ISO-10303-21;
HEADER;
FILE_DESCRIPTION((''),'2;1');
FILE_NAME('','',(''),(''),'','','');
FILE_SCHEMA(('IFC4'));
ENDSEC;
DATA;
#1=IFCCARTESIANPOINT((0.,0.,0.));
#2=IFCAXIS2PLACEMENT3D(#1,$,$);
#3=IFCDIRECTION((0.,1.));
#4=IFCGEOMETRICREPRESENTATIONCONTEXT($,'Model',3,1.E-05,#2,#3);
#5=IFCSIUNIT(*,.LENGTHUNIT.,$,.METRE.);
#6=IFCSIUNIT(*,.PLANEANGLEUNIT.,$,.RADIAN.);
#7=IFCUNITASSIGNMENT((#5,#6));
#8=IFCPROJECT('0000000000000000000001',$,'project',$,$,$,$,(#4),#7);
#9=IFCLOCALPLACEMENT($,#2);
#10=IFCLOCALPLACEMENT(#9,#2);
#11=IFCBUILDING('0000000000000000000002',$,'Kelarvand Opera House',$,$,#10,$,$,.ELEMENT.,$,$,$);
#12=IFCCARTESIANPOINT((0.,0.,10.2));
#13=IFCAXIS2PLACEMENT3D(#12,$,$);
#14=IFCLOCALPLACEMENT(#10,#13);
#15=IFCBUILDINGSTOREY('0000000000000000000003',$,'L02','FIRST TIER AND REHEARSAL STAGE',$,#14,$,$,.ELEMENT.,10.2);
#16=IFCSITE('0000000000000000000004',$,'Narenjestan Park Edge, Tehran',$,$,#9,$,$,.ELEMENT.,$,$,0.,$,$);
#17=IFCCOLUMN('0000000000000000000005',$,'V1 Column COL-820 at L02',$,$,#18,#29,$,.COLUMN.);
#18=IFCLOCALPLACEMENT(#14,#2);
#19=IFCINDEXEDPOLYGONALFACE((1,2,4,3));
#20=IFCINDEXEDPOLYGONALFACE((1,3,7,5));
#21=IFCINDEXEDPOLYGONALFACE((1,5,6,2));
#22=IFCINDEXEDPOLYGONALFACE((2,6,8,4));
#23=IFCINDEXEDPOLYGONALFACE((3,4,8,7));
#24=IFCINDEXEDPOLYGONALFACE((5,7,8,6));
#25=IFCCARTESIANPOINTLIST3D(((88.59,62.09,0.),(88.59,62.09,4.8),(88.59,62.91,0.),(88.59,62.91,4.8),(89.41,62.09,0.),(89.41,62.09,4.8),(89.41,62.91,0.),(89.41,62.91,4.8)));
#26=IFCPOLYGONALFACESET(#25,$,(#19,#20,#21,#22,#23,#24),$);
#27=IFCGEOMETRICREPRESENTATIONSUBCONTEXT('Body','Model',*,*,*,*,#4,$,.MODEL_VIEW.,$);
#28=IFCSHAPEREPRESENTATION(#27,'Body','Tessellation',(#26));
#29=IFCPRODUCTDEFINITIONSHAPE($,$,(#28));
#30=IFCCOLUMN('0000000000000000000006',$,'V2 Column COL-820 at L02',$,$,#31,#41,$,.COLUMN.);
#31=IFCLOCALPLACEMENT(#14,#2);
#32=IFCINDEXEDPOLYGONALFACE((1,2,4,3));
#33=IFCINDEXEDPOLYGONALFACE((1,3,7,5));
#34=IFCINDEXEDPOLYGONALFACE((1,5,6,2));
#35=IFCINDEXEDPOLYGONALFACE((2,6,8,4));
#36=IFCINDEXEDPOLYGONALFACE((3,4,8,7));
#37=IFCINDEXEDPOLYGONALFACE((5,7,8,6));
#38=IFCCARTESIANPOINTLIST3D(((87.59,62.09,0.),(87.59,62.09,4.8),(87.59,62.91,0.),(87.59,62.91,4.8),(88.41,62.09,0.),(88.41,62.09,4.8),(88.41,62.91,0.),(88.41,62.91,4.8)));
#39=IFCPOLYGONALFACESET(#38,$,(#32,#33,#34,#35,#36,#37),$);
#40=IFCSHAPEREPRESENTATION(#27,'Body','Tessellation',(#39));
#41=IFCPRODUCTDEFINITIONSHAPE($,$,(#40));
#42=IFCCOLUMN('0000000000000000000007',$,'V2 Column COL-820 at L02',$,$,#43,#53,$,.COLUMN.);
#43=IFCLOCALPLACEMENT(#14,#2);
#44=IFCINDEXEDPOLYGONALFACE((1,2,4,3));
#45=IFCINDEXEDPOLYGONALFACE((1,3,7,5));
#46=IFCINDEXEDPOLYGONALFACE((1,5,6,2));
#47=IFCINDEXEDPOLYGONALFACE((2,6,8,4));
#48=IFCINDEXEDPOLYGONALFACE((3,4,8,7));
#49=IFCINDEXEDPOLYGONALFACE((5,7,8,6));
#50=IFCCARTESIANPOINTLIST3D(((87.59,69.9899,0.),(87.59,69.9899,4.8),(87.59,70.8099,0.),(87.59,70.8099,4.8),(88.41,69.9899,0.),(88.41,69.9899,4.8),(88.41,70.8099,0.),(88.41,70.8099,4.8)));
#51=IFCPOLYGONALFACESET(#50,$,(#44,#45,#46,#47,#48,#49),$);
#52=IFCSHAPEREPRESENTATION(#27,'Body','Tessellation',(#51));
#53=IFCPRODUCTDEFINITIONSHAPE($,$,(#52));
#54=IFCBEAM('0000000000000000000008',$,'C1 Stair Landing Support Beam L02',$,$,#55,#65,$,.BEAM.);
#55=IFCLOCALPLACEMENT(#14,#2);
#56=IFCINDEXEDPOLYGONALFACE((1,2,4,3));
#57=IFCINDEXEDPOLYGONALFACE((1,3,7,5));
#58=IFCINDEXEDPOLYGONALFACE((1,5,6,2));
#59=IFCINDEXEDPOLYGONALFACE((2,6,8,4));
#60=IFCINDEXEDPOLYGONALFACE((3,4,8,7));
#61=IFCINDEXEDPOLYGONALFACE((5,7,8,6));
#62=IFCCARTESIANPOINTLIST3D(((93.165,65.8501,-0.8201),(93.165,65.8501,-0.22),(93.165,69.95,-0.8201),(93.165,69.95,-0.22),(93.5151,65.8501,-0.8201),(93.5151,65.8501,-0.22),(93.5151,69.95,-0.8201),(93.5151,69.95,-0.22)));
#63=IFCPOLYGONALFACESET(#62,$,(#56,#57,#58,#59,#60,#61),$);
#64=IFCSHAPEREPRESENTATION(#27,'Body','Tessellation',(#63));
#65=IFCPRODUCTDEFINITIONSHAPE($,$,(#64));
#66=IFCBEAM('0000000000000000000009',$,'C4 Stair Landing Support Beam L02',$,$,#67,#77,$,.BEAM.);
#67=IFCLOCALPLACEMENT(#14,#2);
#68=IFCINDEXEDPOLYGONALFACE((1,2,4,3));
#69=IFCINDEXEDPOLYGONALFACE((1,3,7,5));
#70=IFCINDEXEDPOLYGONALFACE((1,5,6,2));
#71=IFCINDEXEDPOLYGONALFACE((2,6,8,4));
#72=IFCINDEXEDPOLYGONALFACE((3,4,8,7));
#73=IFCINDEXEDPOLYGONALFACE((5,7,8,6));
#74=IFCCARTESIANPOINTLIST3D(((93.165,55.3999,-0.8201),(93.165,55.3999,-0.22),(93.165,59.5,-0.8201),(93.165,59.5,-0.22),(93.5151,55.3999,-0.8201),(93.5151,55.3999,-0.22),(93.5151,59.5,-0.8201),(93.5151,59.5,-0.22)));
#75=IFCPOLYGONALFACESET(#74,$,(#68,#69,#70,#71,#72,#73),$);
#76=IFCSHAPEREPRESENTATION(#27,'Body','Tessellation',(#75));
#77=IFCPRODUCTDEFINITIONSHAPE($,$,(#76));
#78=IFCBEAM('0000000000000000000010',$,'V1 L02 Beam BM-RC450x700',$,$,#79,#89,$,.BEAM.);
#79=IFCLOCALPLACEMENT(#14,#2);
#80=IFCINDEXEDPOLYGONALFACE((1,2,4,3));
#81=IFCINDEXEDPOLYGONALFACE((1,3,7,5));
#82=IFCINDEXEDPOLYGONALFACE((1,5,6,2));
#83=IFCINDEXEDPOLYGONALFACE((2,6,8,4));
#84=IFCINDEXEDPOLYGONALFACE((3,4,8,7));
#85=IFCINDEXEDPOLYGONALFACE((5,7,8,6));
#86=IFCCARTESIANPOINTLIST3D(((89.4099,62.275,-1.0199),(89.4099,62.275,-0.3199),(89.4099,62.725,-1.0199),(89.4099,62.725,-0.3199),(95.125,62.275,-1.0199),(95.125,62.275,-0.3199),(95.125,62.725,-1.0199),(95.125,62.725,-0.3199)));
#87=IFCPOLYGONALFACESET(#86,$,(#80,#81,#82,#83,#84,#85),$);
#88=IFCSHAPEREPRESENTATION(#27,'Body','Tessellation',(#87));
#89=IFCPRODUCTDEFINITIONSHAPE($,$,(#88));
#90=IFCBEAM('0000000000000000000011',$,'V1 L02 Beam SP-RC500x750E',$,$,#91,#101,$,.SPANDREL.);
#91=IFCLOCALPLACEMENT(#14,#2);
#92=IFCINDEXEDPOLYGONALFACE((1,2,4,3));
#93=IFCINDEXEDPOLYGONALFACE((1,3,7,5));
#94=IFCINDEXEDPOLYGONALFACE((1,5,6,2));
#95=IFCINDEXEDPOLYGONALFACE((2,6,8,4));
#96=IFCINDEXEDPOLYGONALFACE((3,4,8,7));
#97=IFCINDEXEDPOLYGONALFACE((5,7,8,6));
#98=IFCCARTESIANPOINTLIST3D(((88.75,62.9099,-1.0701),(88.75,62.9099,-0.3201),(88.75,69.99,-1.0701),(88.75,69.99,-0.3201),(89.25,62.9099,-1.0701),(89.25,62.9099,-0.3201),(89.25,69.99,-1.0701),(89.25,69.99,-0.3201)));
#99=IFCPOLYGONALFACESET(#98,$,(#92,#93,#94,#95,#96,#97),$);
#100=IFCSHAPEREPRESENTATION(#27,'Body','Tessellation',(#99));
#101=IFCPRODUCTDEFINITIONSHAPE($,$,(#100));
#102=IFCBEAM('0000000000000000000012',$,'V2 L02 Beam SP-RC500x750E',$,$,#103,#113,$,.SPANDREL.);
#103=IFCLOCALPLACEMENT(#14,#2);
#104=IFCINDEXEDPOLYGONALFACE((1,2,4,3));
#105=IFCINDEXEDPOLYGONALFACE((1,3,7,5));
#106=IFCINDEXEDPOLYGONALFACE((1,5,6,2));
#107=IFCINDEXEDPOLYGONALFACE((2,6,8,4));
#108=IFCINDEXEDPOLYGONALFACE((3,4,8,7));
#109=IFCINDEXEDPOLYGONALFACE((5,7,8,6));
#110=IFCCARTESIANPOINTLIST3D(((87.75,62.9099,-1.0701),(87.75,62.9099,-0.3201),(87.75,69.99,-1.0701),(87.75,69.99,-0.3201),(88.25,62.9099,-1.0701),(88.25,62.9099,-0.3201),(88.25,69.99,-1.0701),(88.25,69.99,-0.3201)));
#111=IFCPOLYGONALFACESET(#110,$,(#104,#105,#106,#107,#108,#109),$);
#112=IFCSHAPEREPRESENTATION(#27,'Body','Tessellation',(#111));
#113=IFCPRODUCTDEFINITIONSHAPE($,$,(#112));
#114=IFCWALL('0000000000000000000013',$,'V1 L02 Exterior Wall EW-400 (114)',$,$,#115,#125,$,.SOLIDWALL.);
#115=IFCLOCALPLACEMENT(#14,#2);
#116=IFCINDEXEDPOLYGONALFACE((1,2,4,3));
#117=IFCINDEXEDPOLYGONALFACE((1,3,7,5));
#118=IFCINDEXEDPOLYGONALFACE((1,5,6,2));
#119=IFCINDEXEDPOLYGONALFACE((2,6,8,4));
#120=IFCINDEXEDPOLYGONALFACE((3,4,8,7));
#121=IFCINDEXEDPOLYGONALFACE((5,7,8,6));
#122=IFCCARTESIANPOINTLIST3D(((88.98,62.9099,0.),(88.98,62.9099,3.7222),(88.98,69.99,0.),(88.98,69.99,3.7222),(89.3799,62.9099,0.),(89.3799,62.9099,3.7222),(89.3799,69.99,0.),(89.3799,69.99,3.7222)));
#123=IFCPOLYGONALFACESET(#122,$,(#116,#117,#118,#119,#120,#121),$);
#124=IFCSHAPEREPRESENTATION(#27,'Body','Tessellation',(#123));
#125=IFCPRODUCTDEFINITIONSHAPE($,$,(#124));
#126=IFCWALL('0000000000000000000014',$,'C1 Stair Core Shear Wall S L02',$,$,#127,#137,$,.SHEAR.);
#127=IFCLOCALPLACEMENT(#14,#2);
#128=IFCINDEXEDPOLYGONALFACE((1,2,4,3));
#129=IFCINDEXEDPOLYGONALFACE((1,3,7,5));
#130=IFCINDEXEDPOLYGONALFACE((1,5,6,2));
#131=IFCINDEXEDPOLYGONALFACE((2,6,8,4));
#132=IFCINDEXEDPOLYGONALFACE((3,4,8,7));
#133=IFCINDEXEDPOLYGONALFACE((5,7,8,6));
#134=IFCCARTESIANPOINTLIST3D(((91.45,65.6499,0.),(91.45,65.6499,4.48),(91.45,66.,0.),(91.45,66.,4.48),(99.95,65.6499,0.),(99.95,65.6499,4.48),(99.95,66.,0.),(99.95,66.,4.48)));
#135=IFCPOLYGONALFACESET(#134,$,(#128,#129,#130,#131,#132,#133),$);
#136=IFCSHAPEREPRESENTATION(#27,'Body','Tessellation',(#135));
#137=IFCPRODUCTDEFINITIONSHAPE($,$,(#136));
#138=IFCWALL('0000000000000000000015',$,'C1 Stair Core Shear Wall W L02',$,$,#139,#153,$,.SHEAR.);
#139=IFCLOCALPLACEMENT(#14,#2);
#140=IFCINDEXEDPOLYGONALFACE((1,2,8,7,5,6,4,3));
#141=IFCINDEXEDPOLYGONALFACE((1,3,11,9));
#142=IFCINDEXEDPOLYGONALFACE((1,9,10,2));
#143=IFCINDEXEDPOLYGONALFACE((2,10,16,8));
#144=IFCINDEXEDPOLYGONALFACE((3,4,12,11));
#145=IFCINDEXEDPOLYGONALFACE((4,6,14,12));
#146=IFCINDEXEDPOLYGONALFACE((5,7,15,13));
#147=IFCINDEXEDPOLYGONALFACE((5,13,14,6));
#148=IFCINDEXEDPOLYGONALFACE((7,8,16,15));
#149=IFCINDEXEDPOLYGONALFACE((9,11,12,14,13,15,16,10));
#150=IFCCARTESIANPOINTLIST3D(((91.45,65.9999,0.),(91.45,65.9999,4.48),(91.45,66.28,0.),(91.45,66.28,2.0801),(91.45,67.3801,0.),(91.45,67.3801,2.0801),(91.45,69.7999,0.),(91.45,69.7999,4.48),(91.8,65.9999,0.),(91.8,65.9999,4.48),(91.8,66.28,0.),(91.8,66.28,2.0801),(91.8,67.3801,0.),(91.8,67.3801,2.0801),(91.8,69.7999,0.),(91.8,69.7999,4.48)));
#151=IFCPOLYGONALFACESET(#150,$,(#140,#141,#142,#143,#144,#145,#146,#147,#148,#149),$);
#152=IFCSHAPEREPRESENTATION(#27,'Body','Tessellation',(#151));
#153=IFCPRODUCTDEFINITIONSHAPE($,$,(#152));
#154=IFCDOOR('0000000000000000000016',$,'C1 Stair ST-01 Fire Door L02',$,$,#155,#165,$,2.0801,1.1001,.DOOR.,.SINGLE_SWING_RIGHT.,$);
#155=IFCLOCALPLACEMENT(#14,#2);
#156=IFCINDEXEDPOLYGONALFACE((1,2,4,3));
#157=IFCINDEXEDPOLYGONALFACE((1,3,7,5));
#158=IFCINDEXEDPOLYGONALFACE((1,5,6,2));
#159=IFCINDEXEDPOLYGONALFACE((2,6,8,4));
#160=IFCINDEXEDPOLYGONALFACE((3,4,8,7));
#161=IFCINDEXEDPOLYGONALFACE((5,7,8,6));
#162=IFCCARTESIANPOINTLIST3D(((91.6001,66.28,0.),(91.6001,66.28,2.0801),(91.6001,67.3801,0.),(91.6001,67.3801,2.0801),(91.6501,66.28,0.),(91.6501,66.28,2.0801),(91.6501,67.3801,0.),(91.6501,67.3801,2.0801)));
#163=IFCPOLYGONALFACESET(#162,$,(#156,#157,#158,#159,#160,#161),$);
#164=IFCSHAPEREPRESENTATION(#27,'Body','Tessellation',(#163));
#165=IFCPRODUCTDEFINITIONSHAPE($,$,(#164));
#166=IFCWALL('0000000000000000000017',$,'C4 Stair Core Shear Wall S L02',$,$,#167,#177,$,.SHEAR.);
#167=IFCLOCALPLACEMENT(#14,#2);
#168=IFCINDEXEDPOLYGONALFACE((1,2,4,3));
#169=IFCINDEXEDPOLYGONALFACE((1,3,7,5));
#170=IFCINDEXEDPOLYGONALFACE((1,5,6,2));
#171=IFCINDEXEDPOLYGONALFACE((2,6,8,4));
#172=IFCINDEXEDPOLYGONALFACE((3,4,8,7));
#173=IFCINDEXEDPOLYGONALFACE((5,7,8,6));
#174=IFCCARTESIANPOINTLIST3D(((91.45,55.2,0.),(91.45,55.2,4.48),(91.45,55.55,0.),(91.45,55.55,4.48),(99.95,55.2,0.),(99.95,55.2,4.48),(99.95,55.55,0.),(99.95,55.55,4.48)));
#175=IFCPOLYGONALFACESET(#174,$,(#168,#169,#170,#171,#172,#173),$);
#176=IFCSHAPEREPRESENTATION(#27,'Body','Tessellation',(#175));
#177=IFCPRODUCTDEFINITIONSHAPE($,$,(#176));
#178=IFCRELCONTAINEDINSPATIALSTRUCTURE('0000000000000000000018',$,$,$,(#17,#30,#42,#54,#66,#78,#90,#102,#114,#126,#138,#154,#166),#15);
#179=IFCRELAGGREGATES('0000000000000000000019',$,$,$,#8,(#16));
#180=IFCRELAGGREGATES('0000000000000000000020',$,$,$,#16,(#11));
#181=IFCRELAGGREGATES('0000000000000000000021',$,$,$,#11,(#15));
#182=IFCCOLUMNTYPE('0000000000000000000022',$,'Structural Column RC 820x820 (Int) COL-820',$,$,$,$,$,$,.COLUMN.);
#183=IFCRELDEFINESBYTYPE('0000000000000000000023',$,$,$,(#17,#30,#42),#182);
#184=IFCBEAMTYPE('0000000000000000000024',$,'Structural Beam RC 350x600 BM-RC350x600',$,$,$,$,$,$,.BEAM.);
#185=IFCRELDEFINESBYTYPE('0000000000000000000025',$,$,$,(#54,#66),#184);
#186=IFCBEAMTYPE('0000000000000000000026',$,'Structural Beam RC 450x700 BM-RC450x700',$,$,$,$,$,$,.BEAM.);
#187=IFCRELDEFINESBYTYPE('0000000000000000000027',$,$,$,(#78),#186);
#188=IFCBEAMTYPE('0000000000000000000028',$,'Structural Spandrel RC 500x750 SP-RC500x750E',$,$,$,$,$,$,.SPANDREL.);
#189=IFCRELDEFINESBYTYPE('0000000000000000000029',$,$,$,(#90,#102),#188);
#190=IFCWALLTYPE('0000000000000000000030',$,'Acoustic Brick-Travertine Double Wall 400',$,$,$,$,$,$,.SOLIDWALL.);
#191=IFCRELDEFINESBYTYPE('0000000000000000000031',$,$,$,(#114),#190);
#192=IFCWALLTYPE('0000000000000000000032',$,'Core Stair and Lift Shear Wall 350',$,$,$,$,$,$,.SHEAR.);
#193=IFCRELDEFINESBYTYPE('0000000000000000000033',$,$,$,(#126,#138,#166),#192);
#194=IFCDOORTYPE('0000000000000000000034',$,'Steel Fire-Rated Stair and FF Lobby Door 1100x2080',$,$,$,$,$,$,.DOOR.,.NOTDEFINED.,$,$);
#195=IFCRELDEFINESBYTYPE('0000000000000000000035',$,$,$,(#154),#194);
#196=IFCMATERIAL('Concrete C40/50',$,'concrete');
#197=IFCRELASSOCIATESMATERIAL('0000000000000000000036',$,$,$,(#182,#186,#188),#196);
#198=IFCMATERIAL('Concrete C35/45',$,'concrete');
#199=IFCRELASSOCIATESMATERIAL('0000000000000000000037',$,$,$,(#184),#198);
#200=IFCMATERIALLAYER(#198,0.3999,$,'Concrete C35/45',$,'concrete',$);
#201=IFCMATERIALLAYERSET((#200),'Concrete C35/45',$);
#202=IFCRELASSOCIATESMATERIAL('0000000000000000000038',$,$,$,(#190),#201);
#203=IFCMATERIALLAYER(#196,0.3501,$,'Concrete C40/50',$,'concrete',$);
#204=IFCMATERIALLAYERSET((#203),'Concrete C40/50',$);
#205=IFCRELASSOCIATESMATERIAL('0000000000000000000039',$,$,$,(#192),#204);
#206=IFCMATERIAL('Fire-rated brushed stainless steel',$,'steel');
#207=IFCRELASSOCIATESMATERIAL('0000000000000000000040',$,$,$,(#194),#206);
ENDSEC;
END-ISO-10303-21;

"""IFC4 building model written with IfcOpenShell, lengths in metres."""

from ifc_helpers import new_model, si_unit, direction, frame, frame_2d, origin, origin_2d, place, context, subcontext, project, spatial, rectangle, extrude, material, layer, layer_set, material_profile, profile_set, type_object, element, fill, save


model = new_model("IFC4")

# Units and contexts
model_context = context("Model", 3, precision=1e-05, world=origin(), true_north=direction((0.0, 1.0)))
body_context = subcontext(model_context, "Body", "Model", "MODEL_VIEW")
ifc_project = project(units=[si_unit("LENGTHUNIT", "METRE"), si_unit("PLANEANGLEUNIT", "RADIAN")], contexts=[model_context])

# Site, building, storey
site_placement = place(None, origin())
site = spatial("IfcSite", under=ifc_project, at=site_placement, Name="Narenjestan Park Edge, Tehran", CompositionType="ELEMENT", RefElevation=0.0)
building_placement = place(site_placement, origin())
building = spatial("IfcBuilding", under=site, at=building_placement, Name="Kelarvand Opera House", CompositionType="ELEMENT")
storey_placement = place(building_placement, frame((0.0, 0.0, 10.2)))
storey = spatial("IfcBuildingStorey", under=building, at=storey_placement, Name="L02", Description="FIRST TIER AND REHEARSAL STAGE", CompositionType="ELEMENT", Elevation=10.2)

# Columns
ifc_material_1 = material(Name="Concrete C40/50", Category="concrete")
ifc_material_profile_1 = material_profile(ifc_material_1, rectangle(XDim=0.8201, YDim=0.8201, at=origin_2d()), Name="RC 820x820", Category="concrete")
ifc_profile_set_1 = profile_set([ifc_material_profile_1], Name="Concrete C40/50")
column_type = type_object("IfcColumnType", Name="Structural Column RC 820x820 (Int) COL-820", PredefinedType="COLUMN", material=ifc_profile_set_1)
for number, where, z_axis, x_axis, name in (
    (1, (89.0, 62.5, 0.0), (0.0, 0.0, 1.0), (1.0, 0.0, 0.0), "V1 Column COL-820 at L02"),
    (2, (88.0, 62.5, 0.0), (0.0, 0.0, 1.0), (1.0, 0.0, 0.0), "V2 Column COL-820 at L02"),
    (3, (88.0, 70.3999, 0.0), (0.0, 0.0, 1.0), (1.0, 0.0, 0.0), "V2 Column COL-820 at L02"),
):
    element("IfcColumn", number, at=place(storey_placement, frame(where, z_axis=z_axis, x_axis=x_axis)), inside=storey, type_object=column_type, Name=name, PredefinedType="COLUMN", context=body_context, shape_type="SweptSolid", body=[
        extrude(rectangle(XDim=0.8201, YDim=0.8201, at=origin_2d()), origin(), (0.0, 0.0, 1.0), 4.8),
    ])

# Beams
ifc_material_2 = material(Name="Concrete C35/45", Category="concrete")
ifc_material_profile_2 = material_profile(ifc_material_2, rectangle(XDim=0.3501, YDim=0.6001, at=origin_2d()), Name="RC 350x600", Category="concrete")
ifc_profile_set_2 = profile_set([ifc_material_profile_2], Name="Concrete C35/45")
beam_type_1 = type_object("IfcBeamType", Name="Structural Beam RC 350x600 BM-RC350x600", PredefinedType="BEAM", material=ifc_profile_set_2)
beam_1_placement = place(storey_placement, frame((93.3401, 65.8501, -0.52), z_axis=(0.0, 1.0, 0.0), x_axis=(-1.0, 0.0, 0.0)))
element("IfcBeam", 4, at=beam_1_placement, inside=storey, type_object=beam_type_1, Name="C1 Stair Landing Support Beam L02", PredefinedType="BEAM", context=body_context, shape_type="SweptSolid", body=[
    extrude(rectangle(XDim=0.3501, YDim=0.6001, at=origin_2d()), origin(), (0.0, 0.0, 1.0), 4.0999),
])
beam_2_placement = place(storey_placement, frame((93.3401, 55.3999, -0.52), z_axis=(0.0, 1.0, 0.0), x_axis=(-1.0, 0.0, 0.0)))
element("IfcBeam", 5, at=beam_2_placement, inside=storey, type_object=beam_type_1, Name="C4 Stair Landing Support Beam L02", PredefinedType="BEAM", context=body_context, shape_type="SweptSolid", body=[
    extrude(rectangle(XDim=0.3501, YDim=0.6001, at=origin_2d()), origin(), (0.0, 0.0, 1.0), 4.1001),
])
ifc_material_profile_3 = material_profile(ifc_material_1, rectangle(XDim=0.45, YDim=0.7, at=origin_2d()), Name="RC 450x700", Category="concrete")
ifc_profile_set_3 = profile_set([ifc_material_profile_3], Name="Concrete C40/50")
beam_type_2 = type_object("IfcBeamType", Name="Structural Beam RC 450x700 BM-RC450x700", PredefinedType="BEAM", material=ifc_profile_set_3)
beam_3_placement = place(storey_placement, frame((89.4099, 62.5, -0.6699), z_axis=(1.0, 0.0, 0.0), x_axis=(0.0, 1.0, 0.0)))
element("IfcBeam", 6, at=beam_3_placement, inside=storey, type_object=beam_type_2, Name="V1 L02 Beam BM-RC450x700", PredefinedType="BEAM", context=body_context, shape_type="SweptSolid", body=[
    extrude(rectangle(XDim=0.45, YDim=0.7, at=origin_2d()), origin(), (0.0, 0.0, 1.0), 5.7151),
])
ifc_material_profile_4 = material_profile(ifc_material_1, rectangle(XDim=0.5, YDim=0.75, at=origin_2d()), Name="RC 500x750", Category="concrete")
ifc_profile_set_4 = profile_set([ifc_material_profile_4], Name="Concrete C40/50")
beam_type_3 = type_object("IfcBeamType", Name="Structural Spandrel RC 500x750 SP-RC500x750E", PredefinedType="SPANDREL", material=ifc_profile_set_4)
for number, where, z_axis, x_axis, name in (
    (7, (89.0, 62.9099, -0.6951), (0.0, 1.0, 0.0), (-1.0, 0.0, 0.0), "V1 L02 Beam SP-RC500x750E"),
    (8, (88.0, 62.9099, -0.6951), (0.0, 1.0, 0.0), (-1.0, 0.0, 0.0), "V2 L02 Beam SP-RC500x750E"),
):
    element("IfcBeam", number, at=place(storey_placement, frame(where, z_axis=z_axis, x_axis=x_axis)), inside=storey, type_object=beam_type_3, Name=name, PredefinedType="SPANDREL", context=body_context, shape_type="SweptSolid", body=[
        extrude(rectangle(XDim=0.5, YDim=0.75, at=origin_2d()), origin(), (0.0, 0.0, 1.0), 7.0801),
    ])

# Walls
ifc_layer_1 = layer(ifc_material_2, 0.3999, Name="Concrete C35/45", Category="concrete")
ifc_layer_set_1 = layer_set([ifc_layer_1], Name="Concrete C35/45")
wall_type_1 = type_object("IfcWallType", Name="Acoustic Brick-Travertine Double Wall 400", PredefinedType="SOLIDWALL", material=ifc_layer_set_1)
wall_1_placement = place(storey_placement, frame((89.1799, 62.9099, 0.0), z_axis=(0.0, 0.0, 1.0), x_axis=(0.0, 1.0, 0.0)))
element("IfcWall", 9, at=wall_1_placement, inside=storey, type_object=wall_type_1, Name="V1 L02 Exterior Wall EW-400 (114)", PredefinedType="SOLIDWALL", context=body_context, shape_type="SweptSolid", body=[
    extrude(rectangle(XDim=7.0801, YDim=0.3999, at=frame_2d((3.54, 0.0))), origin(), (0.0, 0.0, 1.0), 3.7222),
])
ifc_layer_2 = layer(ifc_material_1, 0.3501, Name="Concrete C40/50", Category="concrete")
ifc_layer_set_2 = layer_set([ifc_layer_2], Name="Concrete C40/50")
wall_type_2 = type_object("IfcWallType", Name="Core Stair and Lift Shear Wall 350", PredefinedType="SHEAR", material=ifc_layer_set_2)
wall_2_placement = place(storey_placement, frame((91.45, 65.825, 0.0), z_axis=(0.0, 0.0, 1.0), x_axis=(1.0, 0.0, 0.0)))
element("IfcWall", 10, at=wall_2_placement, inside=storey, type_object=wall_type_2, Name="C1 Stair Core Shear Wall S L02", PredefinedType="SHEAR", context=body_context, shape_type="SweptSolid", body=[
    extrude(rectangle(XDim=8.5, YDim=0.3501, at=frame_2d((4.25, 0.0))), origin(), (0.0, 0.0, 1.0), 4.48),
])

# Wall, opening, door
wall_3_placement = place(storey_placement, frame((91.625, 66.0, 0.0), z_axis=(0.0, 0.0, 1.0), x_axis=(0.0, 1.0, 0.0)))
wall_3 = element("IfcWall", 11, at=wall_3_placement, inside=storey, type_object=wall_type_2, Name="C1 Stair Core Shear Wall W L02", PredefinedType="SHEAR", context=body_context, shape_type="SweptSolid", body=[
    extrude(rectangle(XDim=3.8, YDim=0.3501, at=frame_2d((1.8999, 0.0))), origin(), (0.0, 0.0, 1.0), 4.48),
])
opening_1_placement = place(wall_3_placement, frame((0.28, 0.0, 0.0)))
opening_1 = element("IfcOpeningElement", 12, at=opening_1_placement, cuts=wall_3, PredefinedType="OPENING", context=body_context, shape_type="SweptSolid", body=[
    extrude(rectangle(XDim=1.1001, YDim=2.0801, at=frame_2d((0.55, 1.04))), frame((0.0, 0.1851, 0.0), z_axis=(0.0, -1.0, 0.0), x_axis=(1.0, 0.0, 0.0)), (0.0, 0.0, 1.0), 0.3701),
])
ifc_material_3 = material(Name="Fire-rated brushed stainless steel", Category="steel")
door_type = type_object("IfcDoorType", Name="Steel Fire-Rated Stair and FF Lobby Door 1100x2080", OperationType="NOTDEFINED", PredefinedType="DOOR", material=ifc_material_3)
door_1_placement = place(opening_1_placement, origin())
door_1 = element("IfcDoor", 13, at=door_1_placement, inside=storey, type_object=door_type, Name="C1 Stair ST-01 Fire Door L02", OperationType="SINGLE_SWING_RIGHT", OverallHeight=2.0801, OverallWidth=1.1001, PredefinedType="DOOR", context=body_context, shape_type="SweptSolid", body=[
    extrude(rectangle(XDim=1.1001, YDim=2.0801, at=frame_2d((0.55, 1.04))), frame((0.0, 0.0249, 0.0), z_axis=(0.0, -1.0, 0.0), x_axis=(1.0, 0.0, 0.0)), (0.0, 0.0, 1.0), 0.05),
])
fill(opening_1, door_1)

# Wall
wall_4_placement = place(storey_placement, frame((91.45, 55.375, 0.0), z_axis=(0.0, 0.0, 1.0), x_axis=(1.0, 0.0, 0.0)))
element("IfcWall", 14, at=wall_4_placement, inside=storey, type_object=wall_type_2, Name="C4 Stair Core Shear Wall S L02", PredefinedType="SHEAR", context=body_context, shape_type="SweptSolid", body=[
    extrude(rectangle(XDim=8.5, YDim=0.3501, at=frame_2d((4.25, 0.0))), origin(), (0.0, 0.0, 1.0), 4.48),
])

save(model, "model.ifc")
